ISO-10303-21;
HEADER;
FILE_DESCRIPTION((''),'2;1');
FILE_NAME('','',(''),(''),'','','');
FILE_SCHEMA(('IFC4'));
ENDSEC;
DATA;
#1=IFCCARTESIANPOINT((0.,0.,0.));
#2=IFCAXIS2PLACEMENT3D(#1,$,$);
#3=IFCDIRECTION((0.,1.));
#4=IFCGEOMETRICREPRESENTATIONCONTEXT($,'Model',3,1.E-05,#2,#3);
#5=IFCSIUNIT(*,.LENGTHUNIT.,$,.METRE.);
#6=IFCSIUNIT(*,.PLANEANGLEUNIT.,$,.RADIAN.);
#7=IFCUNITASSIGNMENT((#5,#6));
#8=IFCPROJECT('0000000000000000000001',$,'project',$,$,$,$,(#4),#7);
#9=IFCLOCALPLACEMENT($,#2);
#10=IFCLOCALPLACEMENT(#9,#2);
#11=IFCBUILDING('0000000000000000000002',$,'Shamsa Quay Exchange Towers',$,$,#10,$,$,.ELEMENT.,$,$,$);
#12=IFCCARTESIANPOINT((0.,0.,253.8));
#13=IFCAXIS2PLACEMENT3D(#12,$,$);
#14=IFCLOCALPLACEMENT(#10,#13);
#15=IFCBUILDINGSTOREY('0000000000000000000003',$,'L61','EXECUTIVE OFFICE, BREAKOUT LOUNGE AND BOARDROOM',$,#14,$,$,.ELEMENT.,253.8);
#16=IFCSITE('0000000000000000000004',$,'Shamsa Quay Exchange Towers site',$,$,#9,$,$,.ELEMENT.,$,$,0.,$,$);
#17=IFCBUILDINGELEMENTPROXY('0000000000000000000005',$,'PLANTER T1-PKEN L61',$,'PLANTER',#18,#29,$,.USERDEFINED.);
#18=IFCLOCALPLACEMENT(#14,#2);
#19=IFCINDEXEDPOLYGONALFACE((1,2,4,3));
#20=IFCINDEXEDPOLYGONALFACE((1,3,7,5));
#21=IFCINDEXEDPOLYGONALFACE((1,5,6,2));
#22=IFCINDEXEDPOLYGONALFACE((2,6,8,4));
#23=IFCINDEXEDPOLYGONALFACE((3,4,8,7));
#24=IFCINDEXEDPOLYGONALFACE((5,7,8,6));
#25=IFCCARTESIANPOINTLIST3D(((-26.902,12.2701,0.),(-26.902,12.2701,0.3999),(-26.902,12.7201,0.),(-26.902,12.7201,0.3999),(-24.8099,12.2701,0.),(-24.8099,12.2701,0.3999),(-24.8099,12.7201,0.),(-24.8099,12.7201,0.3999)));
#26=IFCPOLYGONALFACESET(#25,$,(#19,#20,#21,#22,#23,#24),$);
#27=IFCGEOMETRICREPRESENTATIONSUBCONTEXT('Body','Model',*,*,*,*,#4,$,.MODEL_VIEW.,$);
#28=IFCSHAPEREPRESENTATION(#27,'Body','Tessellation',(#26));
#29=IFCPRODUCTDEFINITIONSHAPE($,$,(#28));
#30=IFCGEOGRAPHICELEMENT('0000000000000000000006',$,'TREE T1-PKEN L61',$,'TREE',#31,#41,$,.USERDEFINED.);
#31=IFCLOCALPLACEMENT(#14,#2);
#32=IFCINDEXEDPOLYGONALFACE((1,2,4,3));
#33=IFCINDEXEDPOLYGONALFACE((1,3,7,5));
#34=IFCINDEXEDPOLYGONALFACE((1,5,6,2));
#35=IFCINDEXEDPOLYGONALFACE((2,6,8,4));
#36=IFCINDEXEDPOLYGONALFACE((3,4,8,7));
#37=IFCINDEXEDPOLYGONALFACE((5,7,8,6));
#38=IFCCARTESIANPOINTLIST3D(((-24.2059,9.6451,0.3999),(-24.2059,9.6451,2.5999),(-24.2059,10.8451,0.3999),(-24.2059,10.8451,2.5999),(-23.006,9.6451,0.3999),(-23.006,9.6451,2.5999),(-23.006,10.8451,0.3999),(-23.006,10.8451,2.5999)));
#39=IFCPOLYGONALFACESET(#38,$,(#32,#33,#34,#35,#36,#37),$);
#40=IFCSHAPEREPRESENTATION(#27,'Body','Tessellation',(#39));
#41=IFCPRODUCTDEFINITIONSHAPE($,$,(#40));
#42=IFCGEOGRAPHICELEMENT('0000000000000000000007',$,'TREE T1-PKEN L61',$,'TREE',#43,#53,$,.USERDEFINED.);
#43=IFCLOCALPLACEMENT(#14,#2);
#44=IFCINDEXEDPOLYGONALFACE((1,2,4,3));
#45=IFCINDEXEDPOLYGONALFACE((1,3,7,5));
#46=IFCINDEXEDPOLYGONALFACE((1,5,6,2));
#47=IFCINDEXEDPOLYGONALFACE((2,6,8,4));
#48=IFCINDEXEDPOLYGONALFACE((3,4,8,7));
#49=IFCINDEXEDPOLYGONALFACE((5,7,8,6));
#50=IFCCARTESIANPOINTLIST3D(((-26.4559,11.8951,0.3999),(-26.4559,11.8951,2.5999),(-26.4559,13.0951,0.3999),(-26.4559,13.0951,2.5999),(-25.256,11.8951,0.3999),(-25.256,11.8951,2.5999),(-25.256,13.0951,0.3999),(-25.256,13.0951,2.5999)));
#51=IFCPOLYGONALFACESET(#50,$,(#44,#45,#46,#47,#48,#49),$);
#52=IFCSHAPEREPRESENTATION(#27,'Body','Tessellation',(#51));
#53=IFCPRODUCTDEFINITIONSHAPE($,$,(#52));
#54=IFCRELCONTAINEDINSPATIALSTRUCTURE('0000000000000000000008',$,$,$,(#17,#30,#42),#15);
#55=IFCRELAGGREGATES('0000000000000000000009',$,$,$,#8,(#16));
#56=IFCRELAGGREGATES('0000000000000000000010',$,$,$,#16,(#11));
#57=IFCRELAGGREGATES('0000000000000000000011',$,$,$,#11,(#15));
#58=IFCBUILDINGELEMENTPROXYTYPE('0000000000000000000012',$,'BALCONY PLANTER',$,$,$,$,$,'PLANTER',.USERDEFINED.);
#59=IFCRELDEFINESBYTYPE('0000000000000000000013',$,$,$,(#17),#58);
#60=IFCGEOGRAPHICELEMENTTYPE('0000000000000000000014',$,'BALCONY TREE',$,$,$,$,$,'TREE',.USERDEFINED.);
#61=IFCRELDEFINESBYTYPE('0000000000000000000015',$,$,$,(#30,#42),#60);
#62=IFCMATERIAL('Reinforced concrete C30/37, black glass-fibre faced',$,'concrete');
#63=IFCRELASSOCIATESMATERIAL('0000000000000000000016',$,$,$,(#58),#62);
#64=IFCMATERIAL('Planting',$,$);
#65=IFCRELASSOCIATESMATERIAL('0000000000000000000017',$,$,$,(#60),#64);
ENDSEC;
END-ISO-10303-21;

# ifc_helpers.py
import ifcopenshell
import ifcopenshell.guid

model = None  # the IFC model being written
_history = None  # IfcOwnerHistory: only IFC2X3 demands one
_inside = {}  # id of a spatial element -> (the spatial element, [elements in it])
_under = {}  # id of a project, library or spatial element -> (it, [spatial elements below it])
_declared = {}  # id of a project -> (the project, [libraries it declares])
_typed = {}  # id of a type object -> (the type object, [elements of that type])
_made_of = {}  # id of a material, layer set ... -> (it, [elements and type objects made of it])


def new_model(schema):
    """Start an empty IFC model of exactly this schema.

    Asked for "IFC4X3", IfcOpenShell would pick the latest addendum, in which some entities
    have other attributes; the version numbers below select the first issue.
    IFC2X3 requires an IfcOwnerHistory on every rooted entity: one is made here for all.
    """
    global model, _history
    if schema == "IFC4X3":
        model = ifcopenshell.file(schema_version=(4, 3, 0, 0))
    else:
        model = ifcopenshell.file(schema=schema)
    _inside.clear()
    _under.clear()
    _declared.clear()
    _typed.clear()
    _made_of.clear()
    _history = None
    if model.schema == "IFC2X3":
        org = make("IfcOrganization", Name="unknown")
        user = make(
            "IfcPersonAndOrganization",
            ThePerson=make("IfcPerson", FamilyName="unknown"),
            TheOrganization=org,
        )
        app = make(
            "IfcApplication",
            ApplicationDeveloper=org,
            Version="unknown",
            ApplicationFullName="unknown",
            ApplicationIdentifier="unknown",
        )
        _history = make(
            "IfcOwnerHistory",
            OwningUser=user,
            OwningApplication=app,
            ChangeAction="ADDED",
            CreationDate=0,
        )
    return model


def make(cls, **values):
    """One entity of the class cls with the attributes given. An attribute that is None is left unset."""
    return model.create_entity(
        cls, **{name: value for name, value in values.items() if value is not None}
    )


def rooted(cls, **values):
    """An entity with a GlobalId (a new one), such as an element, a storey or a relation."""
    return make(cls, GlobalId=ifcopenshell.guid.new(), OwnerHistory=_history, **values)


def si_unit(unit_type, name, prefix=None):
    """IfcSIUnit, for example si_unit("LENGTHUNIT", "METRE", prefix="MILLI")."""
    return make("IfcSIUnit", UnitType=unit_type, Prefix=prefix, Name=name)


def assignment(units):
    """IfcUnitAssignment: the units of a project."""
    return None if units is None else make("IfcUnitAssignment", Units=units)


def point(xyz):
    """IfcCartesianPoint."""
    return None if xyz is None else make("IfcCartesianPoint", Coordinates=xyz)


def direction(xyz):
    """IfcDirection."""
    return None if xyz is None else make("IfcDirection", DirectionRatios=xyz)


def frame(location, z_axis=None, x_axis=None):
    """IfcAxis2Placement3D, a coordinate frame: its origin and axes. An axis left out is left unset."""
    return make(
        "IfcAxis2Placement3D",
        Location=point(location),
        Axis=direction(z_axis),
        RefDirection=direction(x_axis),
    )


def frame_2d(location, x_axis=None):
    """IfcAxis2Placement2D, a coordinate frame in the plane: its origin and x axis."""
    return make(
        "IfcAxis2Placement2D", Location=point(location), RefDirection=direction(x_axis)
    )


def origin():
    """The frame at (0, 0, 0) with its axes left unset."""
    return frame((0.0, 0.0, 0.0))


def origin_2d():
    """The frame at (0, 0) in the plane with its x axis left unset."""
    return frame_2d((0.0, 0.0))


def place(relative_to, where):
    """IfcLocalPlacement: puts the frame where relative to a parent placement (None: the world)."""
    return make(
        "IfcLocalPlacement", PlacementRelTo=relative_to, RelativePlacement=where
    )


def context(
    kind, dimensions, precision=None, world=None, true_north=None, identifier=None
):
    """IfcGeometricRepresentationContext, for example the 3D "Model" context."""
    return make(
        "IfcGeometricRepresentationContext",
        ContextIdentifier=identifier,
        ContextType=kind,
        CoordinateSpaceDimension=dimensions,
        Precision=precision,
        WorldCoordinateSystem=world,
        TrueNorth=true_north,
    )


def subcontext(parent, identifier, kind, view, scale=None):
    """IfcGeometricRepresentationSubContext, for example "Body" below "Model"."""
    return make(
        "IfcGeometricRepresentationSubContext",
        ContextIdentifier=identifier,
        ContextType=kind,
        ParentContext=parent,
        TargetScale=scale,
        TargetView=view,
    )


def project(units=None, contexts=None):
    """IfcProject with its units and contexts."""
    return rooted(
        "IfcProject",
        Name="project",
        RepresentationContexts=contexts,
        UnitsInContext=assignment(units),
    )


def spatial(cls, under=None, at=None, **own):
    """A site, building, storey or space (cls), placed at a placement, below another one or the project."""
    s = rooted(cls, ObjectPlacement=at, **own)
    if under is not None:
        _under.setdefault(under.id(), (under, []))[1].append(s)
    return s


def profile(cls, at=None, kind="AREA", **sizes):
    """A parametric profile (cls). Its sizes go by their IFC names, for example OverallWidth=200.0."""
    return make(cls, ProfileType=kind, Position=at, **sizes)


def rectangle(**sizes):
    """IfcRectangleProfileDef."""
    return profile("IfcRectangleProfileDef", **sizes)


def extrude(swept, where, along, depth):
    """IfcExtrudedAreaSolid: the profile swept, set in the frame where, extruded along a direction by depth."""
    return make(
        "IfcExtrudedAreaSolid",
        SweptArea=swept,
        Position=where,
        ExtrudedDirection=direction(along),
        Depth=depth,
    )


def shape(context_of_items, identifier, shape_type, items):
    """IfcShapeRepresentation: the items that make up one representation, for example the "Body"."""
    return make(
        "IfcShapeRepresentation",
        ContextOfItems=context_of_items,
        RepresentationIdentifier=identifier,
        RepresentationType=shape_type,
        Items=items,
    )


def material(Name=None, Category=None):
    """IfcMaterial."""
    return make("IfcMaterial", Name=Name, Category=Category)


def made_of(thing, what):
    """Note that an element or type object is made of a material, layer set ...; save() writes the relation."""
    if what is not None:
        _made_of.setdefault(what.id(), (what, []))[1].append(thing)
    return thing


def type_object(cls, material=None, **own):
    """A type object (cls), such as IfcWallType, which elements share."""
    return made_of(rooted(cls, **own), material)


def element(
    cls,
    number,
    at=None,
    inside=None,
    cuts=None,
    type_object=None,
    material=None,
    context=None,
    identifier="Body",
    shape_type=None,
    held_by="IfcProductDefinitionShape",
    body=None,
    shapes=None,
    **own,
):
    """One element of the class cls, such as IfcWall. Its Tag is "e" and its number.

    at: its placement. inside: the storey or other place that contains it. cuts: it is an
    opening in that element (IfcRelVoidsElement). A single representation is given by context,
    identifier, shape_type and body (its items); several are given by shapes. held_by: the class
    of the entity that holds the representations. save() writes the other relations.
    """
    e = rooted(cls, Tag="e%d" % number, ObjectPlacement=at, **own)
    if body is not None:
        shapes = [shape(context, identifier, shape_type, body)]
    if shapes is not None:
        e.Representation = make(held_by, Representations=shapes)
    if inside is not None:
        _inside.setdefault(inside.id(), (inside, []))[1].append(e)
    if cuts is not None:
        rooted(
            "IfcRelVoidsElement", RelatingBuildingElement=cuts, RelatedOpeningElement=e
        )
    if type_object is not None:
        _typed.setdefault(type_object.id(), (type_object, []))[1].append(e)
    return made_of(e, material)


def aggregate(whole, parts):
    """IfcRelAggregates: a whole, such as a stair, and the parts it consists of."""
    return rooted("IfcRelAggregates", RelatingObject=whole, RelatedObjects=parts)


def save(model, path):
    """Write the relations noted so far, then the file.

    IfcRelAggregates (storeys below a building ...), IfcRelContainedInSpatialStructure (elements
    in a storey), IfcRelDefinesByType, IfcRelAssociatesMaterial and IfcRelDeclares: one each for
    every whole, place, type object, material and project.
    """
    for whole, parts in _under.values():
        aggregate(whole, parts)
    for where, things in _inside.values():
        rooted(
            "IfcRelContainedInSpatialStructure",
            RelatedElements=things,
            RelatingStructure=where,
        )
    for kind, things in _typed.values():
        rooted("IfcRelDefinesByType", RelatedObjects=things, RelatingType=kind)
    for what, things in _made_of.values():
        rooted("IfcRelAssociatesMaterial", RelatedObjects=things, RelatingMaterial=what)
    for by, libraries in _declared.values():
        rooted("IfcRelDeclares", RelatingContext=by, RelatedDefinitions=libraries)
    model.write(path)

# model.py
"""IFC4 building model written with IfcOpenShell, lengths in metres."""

from ifc_helpers import new_model, si_unit, direction, frame, origin, origin_2d, place, context, subcontext, project, spatial, rectangle, extrude, material, type_object, element, save


model = new_model("IFC4")

# Units and contexts
model_context = context("Model", 3, precision=1e-05, world=origin(), true_north=direction((0.0, 1.0)))
body_context = subcontext(model_context, "Body", "Model", "MODEL_VIEW")
ifc_project = project(units=[si_unit("LENGTHUNIT", "METRE"), si_unit("PLANEANGLEUNIT", "RADIAN")], contexts=[model_context])

# Site, building, storey
site_placement = place(None, origin())
site = spatial("IfcSite", under=ifc_project, at=site_placement, Name="Shamsa Quay Exchange Towers site", CompositionType="ELEMENT", RefElevation=0.0)
building_placement = place(site_placement, origin())
building = spatial("IfcBuilding", under=site, at=building_placement, Name="Shamsa Quay Exchange Towers", CompositionType="ELEMENT")
storey_placement = place(building_placement, frame((0.0, 0.0, 253.8)))
storey = spatial("IfcBuildingStorey", under=building, at=storey_placement, Name="L61", Description="EXECUTIVE OFFICE, BREAKOUT LOUNGE AND BOARDROOM", CompositionType="ELEMENT", Elevation=253.8)

# Building element proxy
ifc_material_1 = material(Name="Reinforced concrete C30/37, black glass-fibre faced", Category="concrete")
building_element_proxy_type = type_object("IfcBuildingElementProxyType", Name="BALCONY PLANTER", ElementType="PLANTER", PredefinedType="USERDEFINED", material=ifc_material_1)
for number, where, z_axis, x_axis, name in (
    (1, (-25.856, 12.4951, 0.0), (0.0, 0.0, 1.0), (-1.0, 0.0, 0.0), "PLANTER T1-PKEN L61"),
):
    element("IfcBuildingElementProxy", number, at=place(storey_placement, frame(where, z_axis=z_axis, x_axis=x_axis)), inside=storey, type_object=building_element_proxy_type, Name=name, ObjectType="PLANTER", PredefinedType="USERDEFINED", context=body_context, shape_type="SweptSolid", body=[
        extrude(rectangle(XDim=2.092, YDim=0.45, at=origin_2d()), origin(), (0.0, 0.0, 1.0), 0.3999),
    ])

# Geographic elements
ifc_material_2 = material(Name="Planting")
geographic_element_type = type_object("IfcGeographicElementType", Name="BALCONY TREE", ElementType="TREE", PredefinedType="USERDEFINED", material=ifc_material_2)
for number, where, z_axis, x_axis, name in (
    (2, (-23.606, 10.2451, 0.3999), (0.0, 0.0, 1.0), (-1.0, 0.0, 0.0), "TREE T1-PKEN L61"),
    (3, (-25.856, 12.4951, 0.3999), (0.0, 0.0, 1.0), (-1.0, 0.0, 0.0), "TREE T1-PKEN L61"),
):
    element("IfcGeographicElement", number, at=place(storey_placement, frame(where, z_axis=z_axis, x_axis=x_axis)), inside=storey, type_object=geographic_element_type, Name=name, ObjectType="TREE", PredefinedType="USERDEFINED", context=body_context, shape_type="SweptSolid", body=[
        extrude(rectangle(XDim=1.2, YDim=1.2, at=origin_2d()), origin(), (0.0, 0.0, 1.0), 2.2),
    ])

save(model, "model.ifc")
